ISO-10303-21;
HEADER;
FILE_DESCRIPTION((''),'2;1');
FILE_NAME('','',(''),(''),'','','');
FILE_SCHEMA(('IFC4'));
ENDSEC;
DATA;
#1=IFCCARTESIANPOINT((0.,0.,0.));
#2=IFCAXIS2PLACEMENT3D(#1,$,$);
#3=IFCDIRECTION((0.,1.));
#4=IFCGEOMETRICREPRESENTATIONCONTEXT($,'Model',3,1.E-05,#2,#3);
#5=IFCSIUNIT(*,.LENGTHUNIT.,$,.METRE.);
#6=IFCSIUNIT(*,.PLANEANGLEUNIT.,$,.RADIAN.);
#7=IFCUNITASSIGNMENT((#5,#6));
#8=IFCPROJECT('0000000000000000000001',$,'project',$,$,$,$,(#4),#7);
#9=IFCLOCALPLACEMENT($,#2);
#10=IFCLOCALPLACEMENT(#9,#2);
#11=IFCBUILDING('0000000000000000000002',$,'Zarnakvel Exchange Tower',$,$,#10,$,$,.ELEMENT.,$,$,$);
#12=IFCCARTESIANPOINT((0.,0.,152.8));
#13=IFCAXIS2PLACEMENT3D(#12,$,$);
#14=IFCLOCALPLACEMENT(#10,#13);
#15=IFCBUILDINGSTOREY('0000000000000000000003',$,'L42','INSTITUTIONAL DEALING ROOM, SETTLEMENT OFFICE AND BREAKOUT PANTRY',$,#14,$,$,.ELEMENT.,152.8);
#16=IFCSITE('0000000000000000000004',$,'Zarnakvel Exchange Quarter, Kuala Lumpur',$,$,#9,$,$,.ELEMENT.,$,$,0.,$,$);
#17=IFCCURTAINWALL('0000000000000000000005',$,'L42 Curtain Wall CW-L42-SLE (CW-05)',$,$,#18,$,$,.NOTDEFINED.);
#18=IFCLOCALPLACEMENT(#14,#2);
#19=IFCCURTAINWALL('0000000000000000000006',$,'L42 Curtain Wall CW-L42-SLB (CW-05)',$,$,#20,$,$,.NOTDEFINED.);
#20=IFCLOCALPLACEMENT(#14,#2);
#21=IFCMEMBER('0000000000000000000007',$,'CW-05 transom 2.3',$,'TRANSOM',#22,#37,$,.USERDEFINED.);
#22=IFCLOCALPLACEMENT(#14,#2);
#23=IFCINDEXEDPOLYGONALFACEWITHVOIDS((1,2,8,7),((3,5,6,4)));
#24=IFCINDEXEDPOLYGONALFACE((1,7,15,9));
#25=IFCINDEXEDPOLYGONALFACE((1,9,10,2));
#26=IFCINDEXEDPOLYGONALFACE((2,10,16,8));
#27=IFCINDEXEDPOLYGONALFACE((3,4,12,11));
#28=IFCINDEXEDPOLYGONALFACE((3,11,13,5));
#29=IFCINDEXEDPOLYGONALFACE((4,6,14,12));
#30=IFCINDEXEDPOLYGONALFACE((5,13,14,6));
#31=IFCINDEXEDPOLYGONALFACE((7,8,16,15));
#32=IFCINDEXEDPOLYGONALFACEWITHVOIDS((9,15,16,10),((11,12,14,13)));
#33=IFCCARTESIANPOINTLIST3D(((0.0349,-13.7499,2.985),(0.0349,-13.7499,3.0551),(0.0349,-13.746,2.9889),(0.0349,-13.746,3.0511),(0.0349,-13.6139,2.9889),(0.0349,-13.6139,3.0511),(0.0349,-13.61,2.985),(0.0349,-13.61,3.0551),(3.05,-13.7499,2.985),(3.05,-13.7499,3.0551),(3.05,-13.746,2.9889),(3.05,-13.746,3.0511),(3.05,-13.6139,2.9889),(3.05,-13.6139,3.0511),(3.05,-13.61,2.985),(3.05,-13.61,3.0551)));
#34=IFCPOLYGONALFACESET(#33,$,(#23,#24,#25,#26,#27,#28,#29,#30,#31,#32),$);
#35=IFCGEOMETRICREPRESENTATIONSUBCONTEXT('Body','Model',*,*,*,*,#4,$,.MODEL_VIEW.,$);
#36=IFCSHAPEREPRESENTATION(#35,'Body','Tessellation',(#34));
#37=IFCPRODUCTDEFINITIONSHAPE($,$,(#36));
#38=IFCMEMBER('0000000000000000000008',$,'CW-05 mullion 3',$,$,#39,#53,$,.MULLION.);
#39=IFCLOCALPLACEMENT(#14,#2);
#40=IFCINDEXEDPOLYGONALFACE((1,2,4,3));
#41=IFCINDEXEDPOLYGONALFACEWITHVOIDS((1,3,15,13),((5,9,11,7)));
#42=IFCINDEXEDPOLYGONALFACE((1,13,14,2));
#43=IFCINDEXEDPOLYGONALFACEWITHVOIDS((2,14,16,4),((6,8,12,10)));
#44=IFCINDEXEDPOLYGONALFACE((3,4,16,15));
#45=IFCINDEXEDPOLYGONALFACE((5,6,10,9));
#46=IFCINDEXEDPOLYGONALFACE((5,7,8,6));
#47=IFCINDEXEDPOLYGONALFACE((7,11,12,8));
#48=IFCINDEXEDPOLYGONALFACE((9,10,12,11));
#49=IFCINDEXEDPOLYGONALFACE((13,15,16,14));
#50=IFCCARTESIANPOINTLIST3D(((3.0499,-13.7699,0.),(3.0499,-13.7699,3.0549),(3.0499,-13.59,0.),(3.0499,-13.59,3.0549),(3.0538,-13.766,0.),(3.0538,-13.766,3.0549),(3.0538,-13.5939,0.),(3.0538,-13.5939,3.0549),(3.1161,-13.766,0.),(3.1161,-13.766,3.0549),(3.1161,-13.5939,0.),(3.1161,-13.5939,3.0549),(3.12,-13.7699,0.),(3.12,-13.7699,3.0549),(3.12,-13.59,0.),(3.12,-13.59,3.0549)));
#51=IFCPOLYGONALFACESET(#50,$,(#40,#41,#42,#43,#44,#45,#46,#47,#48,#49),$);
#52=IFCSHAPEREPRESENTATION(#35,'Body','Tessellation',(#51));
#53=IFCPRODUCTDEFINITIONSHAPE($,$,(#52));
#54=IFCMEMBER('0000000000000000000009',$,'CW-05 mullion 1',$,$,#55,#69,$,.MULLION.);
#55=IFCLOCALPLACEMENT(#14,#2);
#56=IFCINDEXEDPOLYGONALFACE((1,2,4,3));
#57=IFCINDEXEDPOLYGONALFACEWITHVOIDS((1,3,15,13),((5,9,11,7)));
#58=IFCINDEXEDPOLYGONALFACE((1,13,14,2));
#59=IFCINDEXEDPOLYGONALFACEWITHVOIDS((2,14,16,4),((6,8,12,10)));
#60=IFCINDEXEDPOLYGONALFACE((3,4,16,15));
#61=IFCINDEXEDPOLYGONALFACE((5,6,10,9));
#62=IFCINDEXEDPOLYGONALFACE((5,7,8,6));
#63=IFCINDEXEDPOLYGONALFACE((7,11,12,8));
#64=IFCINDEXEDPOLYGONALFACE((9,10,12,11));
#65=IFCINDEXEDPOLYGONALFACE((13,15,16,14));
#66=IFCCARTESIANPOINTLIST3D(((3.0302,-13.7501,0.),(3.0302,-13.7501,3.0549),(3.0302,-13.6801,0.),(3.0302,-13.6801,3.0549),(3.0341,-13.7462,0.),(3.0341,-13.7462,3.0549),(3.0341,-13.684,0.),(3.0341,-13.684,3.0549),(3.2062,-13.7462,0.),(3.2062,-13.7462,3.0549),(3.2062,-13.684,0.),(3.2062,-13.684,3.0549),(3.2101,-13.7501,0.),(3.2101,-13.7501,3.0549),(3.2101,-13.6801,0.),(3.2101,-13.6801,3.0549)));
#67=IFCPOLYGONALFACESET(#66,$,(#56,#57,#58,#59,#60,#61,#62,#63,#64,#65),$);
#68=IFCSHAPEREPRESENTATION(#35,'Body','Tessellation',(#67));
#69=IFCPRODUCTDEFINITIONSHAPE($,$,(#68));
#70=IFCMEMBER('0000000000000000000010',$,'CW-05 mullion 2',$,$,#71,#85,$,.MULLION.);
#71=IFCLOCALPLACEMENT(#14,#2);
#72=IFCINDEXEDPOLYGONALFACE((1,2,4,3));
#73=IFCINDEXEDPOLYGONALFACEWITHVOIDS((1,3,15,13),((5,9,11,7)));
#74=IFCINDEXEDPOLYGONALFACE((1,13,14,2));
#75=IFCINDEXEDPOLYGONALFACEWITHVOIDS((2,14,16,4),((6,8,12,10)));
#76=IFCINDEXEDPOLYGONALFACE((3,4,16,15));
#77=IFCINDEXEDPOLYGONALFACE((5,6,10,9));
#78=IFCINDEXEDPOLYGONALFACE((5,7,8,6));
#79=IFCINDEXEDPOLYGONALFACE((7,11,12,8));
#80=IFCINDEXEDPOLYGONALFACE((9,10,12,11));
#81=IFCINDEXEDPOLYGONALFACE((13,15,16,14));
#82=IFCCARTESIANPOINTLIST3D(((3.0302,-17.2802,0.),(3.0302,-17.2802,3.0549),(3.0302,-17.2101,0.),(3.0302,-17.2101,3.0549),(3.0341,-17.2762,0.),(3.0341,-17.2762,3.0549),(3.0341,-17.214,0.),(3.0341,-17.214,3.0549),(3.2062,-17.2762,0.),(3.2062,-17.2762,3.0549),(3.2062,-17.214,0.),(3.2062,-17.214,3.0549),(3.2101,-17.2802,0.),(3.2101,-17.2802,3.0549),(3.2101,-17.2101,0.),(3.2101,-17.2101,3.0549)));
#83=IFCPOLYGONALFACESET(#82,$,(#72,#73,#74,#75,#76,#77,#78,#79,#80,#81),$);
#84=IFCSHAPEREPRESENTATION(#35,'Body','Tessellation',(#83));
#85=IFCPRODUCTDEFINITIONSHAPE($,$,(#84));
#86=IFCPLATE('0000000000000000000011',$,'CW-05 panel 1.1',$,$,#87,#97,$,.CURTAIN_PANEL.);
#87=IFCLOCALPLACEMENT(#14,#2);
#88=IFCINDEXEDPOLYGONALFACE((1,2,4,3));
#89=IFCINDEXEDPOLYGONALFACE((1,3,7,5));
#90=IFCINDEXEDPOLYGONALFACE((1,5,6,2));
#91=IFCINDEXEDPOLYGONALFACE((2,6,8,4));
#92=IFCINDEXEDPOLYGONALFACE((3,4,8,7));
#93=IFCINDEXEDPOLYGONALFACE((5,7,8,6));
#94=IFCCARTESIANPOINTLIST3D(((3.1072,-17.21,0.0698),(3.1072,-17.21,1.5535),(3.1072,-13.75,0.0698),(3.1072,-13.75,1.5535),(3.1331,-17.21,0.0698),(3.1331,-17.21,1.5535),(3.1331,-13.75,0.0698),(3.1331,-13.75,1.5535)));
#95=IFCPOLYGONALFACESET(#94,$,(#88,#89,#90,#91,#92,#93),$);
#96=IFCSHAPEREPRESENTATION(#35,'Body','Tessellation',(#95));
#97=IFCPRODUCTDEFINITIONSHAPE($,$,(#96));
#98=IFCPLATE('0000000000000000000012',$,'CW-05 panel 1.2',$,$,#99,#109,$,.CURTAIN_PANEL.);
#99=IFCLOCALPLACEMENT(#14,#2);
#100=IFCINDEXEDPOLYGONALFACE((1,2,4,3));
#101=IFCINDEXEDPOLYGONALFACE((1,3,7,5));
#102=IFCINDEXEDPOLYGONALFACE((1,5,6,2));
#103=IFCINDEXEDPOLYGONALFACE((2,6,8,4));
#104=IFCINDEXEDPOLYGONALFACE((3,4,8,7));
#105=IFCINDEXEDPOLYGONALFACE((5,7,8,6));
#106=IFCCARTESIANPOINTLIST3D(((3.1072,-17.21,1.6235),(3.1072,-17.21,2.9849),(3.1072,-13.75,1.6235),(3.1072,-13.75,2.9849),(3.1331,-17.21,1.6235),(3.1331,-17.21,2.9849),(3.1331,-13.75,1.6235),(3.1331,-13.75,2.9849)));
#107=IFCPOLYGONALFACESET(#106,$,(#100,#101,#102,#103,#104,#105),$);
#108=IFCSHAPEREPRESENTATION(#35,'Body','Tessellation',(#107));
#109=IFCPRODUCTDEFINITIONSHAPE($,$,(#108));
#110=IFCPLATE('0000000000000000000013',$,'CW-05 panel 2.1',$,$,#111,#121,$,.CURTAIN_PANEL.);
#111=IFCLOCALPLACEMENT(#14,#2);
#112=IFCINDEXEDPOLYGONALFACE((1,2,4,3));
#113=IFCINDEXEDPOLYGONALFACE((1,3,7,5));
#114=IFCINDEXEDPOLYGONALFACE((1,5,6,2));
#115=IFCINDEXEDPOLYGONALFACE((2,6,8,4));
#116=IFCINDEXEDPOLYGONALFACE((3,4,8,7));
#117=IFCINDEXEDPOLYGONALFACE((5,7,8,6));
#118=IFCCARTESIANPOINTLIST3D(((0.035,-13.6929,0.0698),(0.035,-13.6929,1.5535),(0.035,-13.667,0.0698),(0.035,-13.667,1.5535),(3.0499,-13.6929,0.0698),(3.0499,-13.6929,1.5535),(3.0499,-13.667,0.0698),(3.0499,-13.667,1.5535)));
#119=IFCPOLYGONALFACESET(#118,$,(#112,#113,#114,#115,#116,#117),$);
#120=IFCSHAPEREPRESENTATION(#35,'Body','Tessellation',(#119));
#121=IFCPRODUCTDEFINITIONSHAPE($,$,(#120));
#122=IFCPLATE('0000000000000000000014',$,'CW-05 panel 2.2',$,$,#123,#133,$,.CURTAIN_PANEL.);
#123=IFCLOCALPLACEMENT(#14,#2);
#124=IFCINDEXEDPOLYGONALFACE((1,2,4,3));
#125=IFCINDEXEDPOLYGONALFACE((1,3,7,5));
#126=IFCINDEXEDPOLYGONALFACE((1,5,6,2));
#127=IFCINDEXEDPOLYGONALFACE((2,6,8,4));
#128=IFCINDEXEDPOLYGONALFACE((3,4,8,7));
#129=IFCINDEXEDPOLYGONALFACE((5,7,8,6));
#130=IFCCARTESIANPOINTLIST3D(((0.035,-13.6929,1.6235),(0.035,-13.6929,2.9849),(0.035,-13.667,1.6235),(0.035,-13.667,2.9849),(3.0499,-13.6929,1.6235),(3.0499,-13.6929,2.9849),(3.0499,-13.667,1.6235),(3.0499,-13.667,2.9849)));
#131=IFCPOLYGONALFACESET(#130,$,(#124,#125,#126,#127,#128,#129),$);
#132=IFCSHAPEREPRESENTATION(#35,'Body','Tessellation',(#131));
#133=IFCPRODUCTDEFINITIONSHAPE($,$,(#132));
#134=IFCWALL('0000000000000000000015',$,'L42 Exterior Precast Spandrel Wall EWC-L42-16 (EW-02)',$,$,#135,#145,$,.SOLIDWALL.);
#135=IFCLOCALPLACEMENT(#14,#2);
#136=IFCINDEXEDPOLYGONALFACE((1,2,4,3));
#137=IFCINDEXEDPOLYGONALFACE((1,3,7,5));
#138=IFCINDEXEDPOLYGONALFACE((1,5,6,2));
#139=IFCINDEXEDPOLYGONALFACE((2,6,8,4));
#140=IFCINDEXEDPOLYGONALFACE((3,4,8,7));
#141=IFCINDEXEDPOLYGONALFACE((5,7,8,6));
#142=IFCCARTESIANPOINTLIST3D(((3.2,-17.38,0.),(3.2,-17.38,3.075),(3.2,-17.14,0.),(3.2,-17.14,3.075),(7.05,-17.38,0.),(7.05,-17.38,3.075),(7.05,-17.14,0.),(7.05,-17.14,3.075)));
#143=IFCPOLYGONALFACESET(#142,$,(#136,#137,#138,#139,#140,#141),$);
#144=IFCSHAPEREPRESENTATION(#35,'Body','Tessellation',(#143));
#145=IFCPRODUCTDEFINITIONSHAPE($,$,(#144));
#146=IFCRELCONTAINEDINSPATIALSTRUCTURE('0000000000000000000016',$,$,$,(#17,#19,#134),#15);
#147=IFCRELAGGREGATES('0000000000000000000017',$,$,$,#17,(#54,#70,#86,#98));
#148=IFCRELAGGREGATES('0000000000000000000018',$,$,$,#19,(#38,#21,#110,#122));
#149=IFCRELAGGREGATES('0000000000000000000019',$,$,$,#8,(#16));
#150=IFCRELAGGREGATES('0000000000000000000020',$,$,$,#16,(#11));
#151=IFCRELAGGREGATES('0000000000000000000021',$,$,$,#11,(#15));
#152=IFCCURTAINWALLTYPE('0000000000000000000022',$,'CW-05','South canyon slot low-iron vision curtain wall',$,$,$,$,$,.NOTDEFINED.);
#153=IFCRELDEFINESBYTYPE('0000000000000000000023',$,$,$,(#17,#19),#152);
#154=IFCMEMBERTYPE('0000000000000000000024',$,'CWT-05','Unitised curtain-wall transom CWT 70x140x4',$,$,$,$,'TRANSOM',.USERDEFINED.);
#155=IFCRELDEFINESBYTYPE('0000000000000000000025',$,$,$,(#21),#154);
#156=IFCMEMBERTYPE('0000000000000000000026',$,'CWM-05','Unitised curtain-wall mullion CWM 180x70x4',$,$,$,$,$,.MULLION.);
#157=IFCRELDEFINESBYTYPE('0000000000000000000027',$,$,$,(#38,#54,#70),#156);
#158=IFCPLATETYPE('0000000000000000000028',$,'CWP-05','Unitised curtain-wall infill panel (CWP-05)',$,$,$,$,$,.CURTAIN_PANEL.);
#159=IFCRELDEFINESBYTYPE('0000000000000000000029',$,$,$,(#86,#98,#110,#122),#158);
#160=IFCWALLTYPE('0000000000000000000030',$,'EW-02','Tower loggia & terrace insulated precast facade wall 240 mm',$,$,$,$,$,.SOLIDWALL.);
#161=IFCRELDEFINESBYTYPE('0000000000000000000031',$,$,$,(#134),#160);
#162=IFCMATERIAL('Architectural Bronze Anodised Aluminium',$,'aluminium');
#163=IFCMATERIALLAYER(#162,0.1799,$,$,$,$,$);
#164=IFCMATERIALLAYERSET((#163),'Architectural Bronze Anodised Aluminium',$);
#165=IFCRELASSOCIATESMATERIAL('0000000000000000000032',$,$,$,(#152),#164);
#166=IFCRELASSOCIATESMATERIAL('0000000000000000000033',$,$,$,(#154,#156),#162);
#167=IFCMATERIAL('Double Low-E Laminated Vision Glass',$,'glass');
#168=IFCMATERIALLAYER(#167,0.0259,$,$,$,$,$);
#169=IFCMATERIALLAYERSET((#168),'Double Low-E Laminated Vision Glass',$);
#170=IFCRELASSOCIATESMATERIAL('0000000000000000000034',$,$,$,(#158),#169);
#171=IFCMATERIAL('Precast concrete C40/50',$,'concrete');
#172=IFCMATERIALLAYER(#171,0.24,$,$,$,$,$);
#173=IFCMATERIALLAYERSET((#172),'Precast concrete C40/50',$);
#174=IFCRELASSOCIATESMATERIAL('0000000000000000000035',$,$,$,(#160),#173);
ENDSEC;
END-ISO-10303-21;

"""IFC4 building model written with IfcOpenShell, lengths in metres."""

from ifc_helpers import new_model, si_unit, direction, frame, frame_2d, origin, origin_2d, place, context, subcontext, project, spatial, rectangle, hollow_rectangle, extrude, source, transform, mapped, material, layer, layer_set, material_profile, profile_set, type_object, element, aggregate, save


model = new_model("IFC4")

# Units and contexts
model_context = context("Model", 3, precision=1e-05, world=origin(), true_north=direction((0.0, 1.0)))
body_context = subcontext(model_context, "Body", "Model", "MODEL_VIEW")
ifc_project = project(units=[si_unit("LENGTHUNIT", "METRE"), si_unit("PLANEANGLEUNIT", "RADIAN")], contexts=[model_context])

# Site, building, storey
site_placement = place(None, origin())
site = spatial("IfcSite", under=ifc_project, at=site_placement, Name="Zarnakvel Exchange Quarter, Kuala Lumpur", CompositionType="ELEMENT", RefElevation=0.0)
building_placement = place(site_placement, origin())
building = spatial("IfcBuilding", under=site, at=building_placement, Name="Zarnakvel Exchange Tower", CompositionType="ELEMENT")
storey_placement = place(building_placement, frame((0.0, 0.0, 152.8)))
storey = spatial("IfcBuildingStorey", under=building, at=storey_placement, Name="L42", Description="INSTITUTIONAL DEALING ROOM, SETTLEMENT OFFICE AND BREAKOUT PANTRY", CompositionType="ELEMENT", Elevation=152.8)

# Curtain walls, members
ifc_material_1 = material(Name="Architectural Bronze Anodised Aluminium", Category="aluminium")
ifc_layer_1 = layer(ifc_material_1, 0.1799)
ifc_layer_set_1 = layer_set([ifc_layer_1], Name="Architectural Bronze Anodised Aluminium")
curtain_wall_type = type_object("IfcCurtainWallType", Name="CW-05", Description="South canyon slot low-iron vision curtain wall", PredefinedType="NOTDEFINED", material=ifc_layer_set_1)
curtain_wall_1_placement = place(storey_placement, origin())
curtain_wall_1 = element("IfcCurtainWall", 1, at=curtain_wall_1_placement, inside=storey, type_object=curtain_wall_type, Name="L42 Curtain Wall CW-L42-SLE (CW-05)", PredefinedType="NOTDEFINED")
ifc_material_profile_1 = material_profile(ifc_material_1, hollow_rectangle(XDim=0.1399, YDim=0.0701, WallThickness=0.0039, at=origin_2d()))
ifc_profile_set_1 = profile_set([ifc_material_profile_1], Name="Architectural Bronze Anodised Aluminium")
member_type_1 = type_object("IfcMemberType", Name="CWT-05", Description="Unitised curtain-wall transom CWT 70x140x4", ElementType="TRANSOM", PredefinedType="USERDEFINED", material=ifc_profile_set_1)
curtain_wall_2_placement = place(storey_placement, origin())
curtain_wall_2 = element("IfcCurtainWall", 2, at=curtain_wall_2_placement, inside=storey, type_object=curtain_wall_type, Name="L42 Curtain Wall CW-L42-SLB (CW-05)", PredefinedType="NOTDEFINED")
shared_shape_1 = source(origin(), body_context, "Body", "SweptSolid", [
    extrude(hollow_rectangle(XDim=0.1399, YDim=0.0701, WallThickness=0.0039, at=origin_2d()), origin(), (0.0, 0.0, 1.0), 3.0151),
])
member_1_placement = place(storey_placement, frame((0.0349, -13.6799, 3.02), z_axis=(1.0, 0.0, 0.0), x_axis=(0.0, 1.0, 0.0)))
member_1 = element("IfcMember", 3, at=member_1_placement, type_object=member_type_1, Name="CW-05 transom 2.3", ObjectType="TRANSOM", PredefinedType="USERDEFINED", context=body_context, shape_type="MappedRepresentation", body=[
    mapped(shared_shape_1, transform((0.0, 0.0, 0.0), x_axis=(1.0, 0.0, 0.0), y_axis=(0.0, 1.0, 0.0), z_axis=(0.0, 0.0, 1.0), scale=1.0)),
])
ifc_material_profile_2 = material_profile(ifc_material_1, hollow_rectangle(XDim=0.1799, YDim=0.0701, WallThickness=0.0039, at=origin_2d()))
ifc_profile_set_2 = profile_set([ifc_material_profile_2], Name="Architectural Bronze Anodised Aluminium")
member_type_2 = type_object("IfcMemberType", Name="CWM-05", Description="Unitised curtain-wall mullion CWM 180x70x4", PredefinedType="MULLION", material=ifc_profile_set_2)
shared_shape_2 = source(origin(), body_context, "Body", "SweptSolid", [
    extrude(hollow_rectangle(XDim=0.1799, YDim=0.0701, WallThickness=0.0039, at=origin_2d()), origin(), (0.0, 0.0, 1.0), 3.0549),
])
member_2_placement = place(storey_placement, frame((3.085, -13.6799, 0.0), z_axis=(0.0, 0.0, 1.0), x_axis=(0.0, 1.0, 0.0)))
member_2 = element("IfcMember", 4, at=member_2_placement, type_object=member_type_2, Name="CW-05 mullion 3", PredefinedType="MULLION", context=body_context, shape_type="MappedRepresentation", body=[
    mapped(shared_shape_2, transform((0.0, 0.0, 0.0), x_axis=(1.0, 0.0, 0.0), y_axis=(0.0, 1.0, 0.0), z_axis=(0.0, 0.0, 1.0), scale=1.0)),
])

# Members
member_3_placement = place(storey_placement, frame((3.1201, -13.7151, 0.0), z_axis=(0.0, 0.0, 1.0), x_axis=(1.0, 0.0, 0.0)))
member_3 = element("IfcMember", 5, at=member_3_placement, type_object=member_type_2, Name="CW-05 mullion 1", PredefinedType="MULLION", context=body_context, shape_type="MappedRepresentation", body=[
    mapped(shared_shape_2, transform((0.0, 0.0, 0.0), x_axis=(1.0, 0.0, 0.0), y_axis=(0.0, 1.0, 0.0), z_axis=(0.0, 0.0, 1.0), scale=1.0)),
])
member_4_placement = place(storey_placement, frame((3.1201, -17.2451, 0.0), z_axis=(0.0, 0.0, 1.0), x_axis=(1.0, 0.0, 0.0)))
member_4 = element("IfcMember", 6, at=member_4_placement, type_object=member_type_2, Name="CW-05 mullion 2", PredefinedType="MULLION", context=body_context, shape_type="MappedRepresentation", body=[
    mapped(shared_shape_2, transform((0.0, 0.0, 0.0), x_axis=(1.0, 0.0, 0.0), y_axis=(0.0, 1.0, 0.0), z_axis=(0.0, 0.0, 1.0), scale=1.0)),
])

# Plates
ifc_material_2 = material(Name="Double Low-E Laminated Vision Glass", Category="glass")
ifc_layer_2 = layer(ifc_material_2, 0.0259)
ifc_layer_set_2 = layer_set([ifc_layer_2], Name="Double Low-E Laminated Vision Glass")
plate_type = type_object("IfcPlateType", Name="CWP-05", Description="Unitised curtain-wall infill panel (CWP-05)", PredefinedType="CURTAIN_PANEL", material=ifc_layer_set_2)
shared_shape_3 = source(origin(), body_context, "Body", "SweptSolid", [
    extrude(rectangle(XDim=3.46, YDim=0.0259, at=origin_2d()), origin(), (0.0, 0.0, 1.0), 1.4836),
])
plate_1_placement = place(storey_placement, frame((3.1201, -15.48, 0.0698), z_axis=(0.0, 0.0, 1.0), x_axis=(0.0, -1.0, 0.0)))
plate_1 = element("IfcPlate", 7, at=plate_1_placement, type_object=plate_type, Name="CW-05 panel 1.1", PredefinedType="CURTAIN_PANEL", context=body_context, shape_type="MappedRepresentation", body=[
    mapped(shared_shape_3, transform((0.0, 0.0, 0.0), x_axis=(1.0, 0.0, 0.0), y_axis=(0.0, 1.0, 0.0), z_axis=(0.0, 0.0, 1.0), scale=1.0)),
])
shared_shape_4 = source(origin(), body_context, "Body", "SweptSolid", [
    extrude(rectangle(XDim=3.46, YDim=0.0259, at=origin_2d()), origin(), (0.0, 0.0, 1.0), 1.3613),
])
plate_2_placement = place(storey_placement, frame((3.1201, -15.48, 1.6235), z_axis=(0.0, 0.0, 1.0), x_axis=(0.0, -1.0, 0.0)))
plate_2 = element("IfcPlate", 8, at=plate_2_placement, type_object=plate_type, Name="CW-05 panel 1.2", PredefinedType="CURTAIN_PANEL", context=body_context, shape_type="MappedRepresentation", body=[
    mapped(shared_shape_4, transform((0.0, 0.0, 0.0), x_axis=(1.0, 0.0, 0.0), y_axis=(0.0, 1.0, 0.0), z_axis=(0.0, 0.0, 1.0), scale=1.0)),
])
aggregate(curtain_wall_1, [member_3, member_4, plate_1, plate_2])
shared_shape_5 = source(origin(), body_context, "Body", "SweptSolid", [
    extrude(rectangle(XDim=3.0149, YDim=0.0259, at=origin_2d()), origin(), (0.0, 0.0, 1.0), 1.4836),
])
plate_3_placement = place(storey_placement, frame((1.5425, -13.6799, 0.0698), z_axis=(0.0, 0.0, 1.0), x_axis=(1.0, 0.0, 0.0)))
plate_3 = element("IfcPlate", 9, at=plate_3_placement, type_object=plate_type, Name="CW-05 panel 2.1", PredefinedType="CURTAIN_PANEL", context=body_context, shape_type="MappedRepresentation", body=[
    mapped(shared_shape_5, transform((0.0, 0.0, 0.0), x_axis=(1.0, 0.0, 0.0), y_axis=(0.0, 1.0, 0.0), z_axis=(0.0, 0.0, 1.0), scale=1.0)),
])
shared_shape_6 = source(origin(), body_context, "Body", "SweptSolid", [
    extrude(rectangle(XDim=3.0149, YDim=0.0259, at=origin_2d()), origin(), (0.0, 0.0, 1.0), 1.3613),
])
plate_4_placement = place(storey_placement, frame((1.5425, -13.6799, 1.6235), z_axis=(0.0, 0.0, 1.0), x_axis=(1.0, 0.0, 0.0)))
plate_4 = element("IfcPlate", 10, at=plate_4_placement, type_object=plate_type, Name="CW-05 panel 2.2", PredefinedType="CURTAIN_PANEL", context=body_context, shape_type="MappedRepresentation", body=[
    mapped(shared_shape_6, transform((0.0, 0.0, 0.0), x_axis=(1.0, 0.0, 0.0), y_axis=(0.0, 1.0, 0.0), z_axis=(0.0, 0.0, 1.0), scale=1.0)),
])
aggregate(curtain_wall_2, [member_2, member_1, plate_3, plate_4])

# Wall
ifc_material_3 = material(Name="Precast concrete C40/50", Category="concrete")
ifc_layer_3 = layer(ifc_material_3, 0.24)
ifc_layer_set_3 = layer_set([ifc_layer_3], Name="Precast concrete C40/50")
wall_type = type_object("IfcWallType", Name="EW-02", Description="Tower loggia & terrace insulated precast facade wall 240 mm", PredefinedType="SOLIDWALL", material=ifc_layer_set_3)
wall_placement = place(storey_placement, frame((3.2, -17.26, 0.0), z_axis=(0.0, 0.0, 1.0), x_axis=(1.0, 0.0, 0.0)))
element("IfcWall", 11, at=wall_placement, inside=storey, type_object=wall_type, Name="L42 Exterior Precast Spandrel Wall EWC-L42-16 (EW-02)", PredefinedType="SOLIDWALL", context=body_context, shape_type="SweptSolid", body=[
    extrude(rectangle(XDim=3.8501, YDim=0.24, at=frame_2d((1.925, 0.0))), origin(), (0.0, 0.0, 1.0), 3.075),
])

save(model, "model.ifc")
